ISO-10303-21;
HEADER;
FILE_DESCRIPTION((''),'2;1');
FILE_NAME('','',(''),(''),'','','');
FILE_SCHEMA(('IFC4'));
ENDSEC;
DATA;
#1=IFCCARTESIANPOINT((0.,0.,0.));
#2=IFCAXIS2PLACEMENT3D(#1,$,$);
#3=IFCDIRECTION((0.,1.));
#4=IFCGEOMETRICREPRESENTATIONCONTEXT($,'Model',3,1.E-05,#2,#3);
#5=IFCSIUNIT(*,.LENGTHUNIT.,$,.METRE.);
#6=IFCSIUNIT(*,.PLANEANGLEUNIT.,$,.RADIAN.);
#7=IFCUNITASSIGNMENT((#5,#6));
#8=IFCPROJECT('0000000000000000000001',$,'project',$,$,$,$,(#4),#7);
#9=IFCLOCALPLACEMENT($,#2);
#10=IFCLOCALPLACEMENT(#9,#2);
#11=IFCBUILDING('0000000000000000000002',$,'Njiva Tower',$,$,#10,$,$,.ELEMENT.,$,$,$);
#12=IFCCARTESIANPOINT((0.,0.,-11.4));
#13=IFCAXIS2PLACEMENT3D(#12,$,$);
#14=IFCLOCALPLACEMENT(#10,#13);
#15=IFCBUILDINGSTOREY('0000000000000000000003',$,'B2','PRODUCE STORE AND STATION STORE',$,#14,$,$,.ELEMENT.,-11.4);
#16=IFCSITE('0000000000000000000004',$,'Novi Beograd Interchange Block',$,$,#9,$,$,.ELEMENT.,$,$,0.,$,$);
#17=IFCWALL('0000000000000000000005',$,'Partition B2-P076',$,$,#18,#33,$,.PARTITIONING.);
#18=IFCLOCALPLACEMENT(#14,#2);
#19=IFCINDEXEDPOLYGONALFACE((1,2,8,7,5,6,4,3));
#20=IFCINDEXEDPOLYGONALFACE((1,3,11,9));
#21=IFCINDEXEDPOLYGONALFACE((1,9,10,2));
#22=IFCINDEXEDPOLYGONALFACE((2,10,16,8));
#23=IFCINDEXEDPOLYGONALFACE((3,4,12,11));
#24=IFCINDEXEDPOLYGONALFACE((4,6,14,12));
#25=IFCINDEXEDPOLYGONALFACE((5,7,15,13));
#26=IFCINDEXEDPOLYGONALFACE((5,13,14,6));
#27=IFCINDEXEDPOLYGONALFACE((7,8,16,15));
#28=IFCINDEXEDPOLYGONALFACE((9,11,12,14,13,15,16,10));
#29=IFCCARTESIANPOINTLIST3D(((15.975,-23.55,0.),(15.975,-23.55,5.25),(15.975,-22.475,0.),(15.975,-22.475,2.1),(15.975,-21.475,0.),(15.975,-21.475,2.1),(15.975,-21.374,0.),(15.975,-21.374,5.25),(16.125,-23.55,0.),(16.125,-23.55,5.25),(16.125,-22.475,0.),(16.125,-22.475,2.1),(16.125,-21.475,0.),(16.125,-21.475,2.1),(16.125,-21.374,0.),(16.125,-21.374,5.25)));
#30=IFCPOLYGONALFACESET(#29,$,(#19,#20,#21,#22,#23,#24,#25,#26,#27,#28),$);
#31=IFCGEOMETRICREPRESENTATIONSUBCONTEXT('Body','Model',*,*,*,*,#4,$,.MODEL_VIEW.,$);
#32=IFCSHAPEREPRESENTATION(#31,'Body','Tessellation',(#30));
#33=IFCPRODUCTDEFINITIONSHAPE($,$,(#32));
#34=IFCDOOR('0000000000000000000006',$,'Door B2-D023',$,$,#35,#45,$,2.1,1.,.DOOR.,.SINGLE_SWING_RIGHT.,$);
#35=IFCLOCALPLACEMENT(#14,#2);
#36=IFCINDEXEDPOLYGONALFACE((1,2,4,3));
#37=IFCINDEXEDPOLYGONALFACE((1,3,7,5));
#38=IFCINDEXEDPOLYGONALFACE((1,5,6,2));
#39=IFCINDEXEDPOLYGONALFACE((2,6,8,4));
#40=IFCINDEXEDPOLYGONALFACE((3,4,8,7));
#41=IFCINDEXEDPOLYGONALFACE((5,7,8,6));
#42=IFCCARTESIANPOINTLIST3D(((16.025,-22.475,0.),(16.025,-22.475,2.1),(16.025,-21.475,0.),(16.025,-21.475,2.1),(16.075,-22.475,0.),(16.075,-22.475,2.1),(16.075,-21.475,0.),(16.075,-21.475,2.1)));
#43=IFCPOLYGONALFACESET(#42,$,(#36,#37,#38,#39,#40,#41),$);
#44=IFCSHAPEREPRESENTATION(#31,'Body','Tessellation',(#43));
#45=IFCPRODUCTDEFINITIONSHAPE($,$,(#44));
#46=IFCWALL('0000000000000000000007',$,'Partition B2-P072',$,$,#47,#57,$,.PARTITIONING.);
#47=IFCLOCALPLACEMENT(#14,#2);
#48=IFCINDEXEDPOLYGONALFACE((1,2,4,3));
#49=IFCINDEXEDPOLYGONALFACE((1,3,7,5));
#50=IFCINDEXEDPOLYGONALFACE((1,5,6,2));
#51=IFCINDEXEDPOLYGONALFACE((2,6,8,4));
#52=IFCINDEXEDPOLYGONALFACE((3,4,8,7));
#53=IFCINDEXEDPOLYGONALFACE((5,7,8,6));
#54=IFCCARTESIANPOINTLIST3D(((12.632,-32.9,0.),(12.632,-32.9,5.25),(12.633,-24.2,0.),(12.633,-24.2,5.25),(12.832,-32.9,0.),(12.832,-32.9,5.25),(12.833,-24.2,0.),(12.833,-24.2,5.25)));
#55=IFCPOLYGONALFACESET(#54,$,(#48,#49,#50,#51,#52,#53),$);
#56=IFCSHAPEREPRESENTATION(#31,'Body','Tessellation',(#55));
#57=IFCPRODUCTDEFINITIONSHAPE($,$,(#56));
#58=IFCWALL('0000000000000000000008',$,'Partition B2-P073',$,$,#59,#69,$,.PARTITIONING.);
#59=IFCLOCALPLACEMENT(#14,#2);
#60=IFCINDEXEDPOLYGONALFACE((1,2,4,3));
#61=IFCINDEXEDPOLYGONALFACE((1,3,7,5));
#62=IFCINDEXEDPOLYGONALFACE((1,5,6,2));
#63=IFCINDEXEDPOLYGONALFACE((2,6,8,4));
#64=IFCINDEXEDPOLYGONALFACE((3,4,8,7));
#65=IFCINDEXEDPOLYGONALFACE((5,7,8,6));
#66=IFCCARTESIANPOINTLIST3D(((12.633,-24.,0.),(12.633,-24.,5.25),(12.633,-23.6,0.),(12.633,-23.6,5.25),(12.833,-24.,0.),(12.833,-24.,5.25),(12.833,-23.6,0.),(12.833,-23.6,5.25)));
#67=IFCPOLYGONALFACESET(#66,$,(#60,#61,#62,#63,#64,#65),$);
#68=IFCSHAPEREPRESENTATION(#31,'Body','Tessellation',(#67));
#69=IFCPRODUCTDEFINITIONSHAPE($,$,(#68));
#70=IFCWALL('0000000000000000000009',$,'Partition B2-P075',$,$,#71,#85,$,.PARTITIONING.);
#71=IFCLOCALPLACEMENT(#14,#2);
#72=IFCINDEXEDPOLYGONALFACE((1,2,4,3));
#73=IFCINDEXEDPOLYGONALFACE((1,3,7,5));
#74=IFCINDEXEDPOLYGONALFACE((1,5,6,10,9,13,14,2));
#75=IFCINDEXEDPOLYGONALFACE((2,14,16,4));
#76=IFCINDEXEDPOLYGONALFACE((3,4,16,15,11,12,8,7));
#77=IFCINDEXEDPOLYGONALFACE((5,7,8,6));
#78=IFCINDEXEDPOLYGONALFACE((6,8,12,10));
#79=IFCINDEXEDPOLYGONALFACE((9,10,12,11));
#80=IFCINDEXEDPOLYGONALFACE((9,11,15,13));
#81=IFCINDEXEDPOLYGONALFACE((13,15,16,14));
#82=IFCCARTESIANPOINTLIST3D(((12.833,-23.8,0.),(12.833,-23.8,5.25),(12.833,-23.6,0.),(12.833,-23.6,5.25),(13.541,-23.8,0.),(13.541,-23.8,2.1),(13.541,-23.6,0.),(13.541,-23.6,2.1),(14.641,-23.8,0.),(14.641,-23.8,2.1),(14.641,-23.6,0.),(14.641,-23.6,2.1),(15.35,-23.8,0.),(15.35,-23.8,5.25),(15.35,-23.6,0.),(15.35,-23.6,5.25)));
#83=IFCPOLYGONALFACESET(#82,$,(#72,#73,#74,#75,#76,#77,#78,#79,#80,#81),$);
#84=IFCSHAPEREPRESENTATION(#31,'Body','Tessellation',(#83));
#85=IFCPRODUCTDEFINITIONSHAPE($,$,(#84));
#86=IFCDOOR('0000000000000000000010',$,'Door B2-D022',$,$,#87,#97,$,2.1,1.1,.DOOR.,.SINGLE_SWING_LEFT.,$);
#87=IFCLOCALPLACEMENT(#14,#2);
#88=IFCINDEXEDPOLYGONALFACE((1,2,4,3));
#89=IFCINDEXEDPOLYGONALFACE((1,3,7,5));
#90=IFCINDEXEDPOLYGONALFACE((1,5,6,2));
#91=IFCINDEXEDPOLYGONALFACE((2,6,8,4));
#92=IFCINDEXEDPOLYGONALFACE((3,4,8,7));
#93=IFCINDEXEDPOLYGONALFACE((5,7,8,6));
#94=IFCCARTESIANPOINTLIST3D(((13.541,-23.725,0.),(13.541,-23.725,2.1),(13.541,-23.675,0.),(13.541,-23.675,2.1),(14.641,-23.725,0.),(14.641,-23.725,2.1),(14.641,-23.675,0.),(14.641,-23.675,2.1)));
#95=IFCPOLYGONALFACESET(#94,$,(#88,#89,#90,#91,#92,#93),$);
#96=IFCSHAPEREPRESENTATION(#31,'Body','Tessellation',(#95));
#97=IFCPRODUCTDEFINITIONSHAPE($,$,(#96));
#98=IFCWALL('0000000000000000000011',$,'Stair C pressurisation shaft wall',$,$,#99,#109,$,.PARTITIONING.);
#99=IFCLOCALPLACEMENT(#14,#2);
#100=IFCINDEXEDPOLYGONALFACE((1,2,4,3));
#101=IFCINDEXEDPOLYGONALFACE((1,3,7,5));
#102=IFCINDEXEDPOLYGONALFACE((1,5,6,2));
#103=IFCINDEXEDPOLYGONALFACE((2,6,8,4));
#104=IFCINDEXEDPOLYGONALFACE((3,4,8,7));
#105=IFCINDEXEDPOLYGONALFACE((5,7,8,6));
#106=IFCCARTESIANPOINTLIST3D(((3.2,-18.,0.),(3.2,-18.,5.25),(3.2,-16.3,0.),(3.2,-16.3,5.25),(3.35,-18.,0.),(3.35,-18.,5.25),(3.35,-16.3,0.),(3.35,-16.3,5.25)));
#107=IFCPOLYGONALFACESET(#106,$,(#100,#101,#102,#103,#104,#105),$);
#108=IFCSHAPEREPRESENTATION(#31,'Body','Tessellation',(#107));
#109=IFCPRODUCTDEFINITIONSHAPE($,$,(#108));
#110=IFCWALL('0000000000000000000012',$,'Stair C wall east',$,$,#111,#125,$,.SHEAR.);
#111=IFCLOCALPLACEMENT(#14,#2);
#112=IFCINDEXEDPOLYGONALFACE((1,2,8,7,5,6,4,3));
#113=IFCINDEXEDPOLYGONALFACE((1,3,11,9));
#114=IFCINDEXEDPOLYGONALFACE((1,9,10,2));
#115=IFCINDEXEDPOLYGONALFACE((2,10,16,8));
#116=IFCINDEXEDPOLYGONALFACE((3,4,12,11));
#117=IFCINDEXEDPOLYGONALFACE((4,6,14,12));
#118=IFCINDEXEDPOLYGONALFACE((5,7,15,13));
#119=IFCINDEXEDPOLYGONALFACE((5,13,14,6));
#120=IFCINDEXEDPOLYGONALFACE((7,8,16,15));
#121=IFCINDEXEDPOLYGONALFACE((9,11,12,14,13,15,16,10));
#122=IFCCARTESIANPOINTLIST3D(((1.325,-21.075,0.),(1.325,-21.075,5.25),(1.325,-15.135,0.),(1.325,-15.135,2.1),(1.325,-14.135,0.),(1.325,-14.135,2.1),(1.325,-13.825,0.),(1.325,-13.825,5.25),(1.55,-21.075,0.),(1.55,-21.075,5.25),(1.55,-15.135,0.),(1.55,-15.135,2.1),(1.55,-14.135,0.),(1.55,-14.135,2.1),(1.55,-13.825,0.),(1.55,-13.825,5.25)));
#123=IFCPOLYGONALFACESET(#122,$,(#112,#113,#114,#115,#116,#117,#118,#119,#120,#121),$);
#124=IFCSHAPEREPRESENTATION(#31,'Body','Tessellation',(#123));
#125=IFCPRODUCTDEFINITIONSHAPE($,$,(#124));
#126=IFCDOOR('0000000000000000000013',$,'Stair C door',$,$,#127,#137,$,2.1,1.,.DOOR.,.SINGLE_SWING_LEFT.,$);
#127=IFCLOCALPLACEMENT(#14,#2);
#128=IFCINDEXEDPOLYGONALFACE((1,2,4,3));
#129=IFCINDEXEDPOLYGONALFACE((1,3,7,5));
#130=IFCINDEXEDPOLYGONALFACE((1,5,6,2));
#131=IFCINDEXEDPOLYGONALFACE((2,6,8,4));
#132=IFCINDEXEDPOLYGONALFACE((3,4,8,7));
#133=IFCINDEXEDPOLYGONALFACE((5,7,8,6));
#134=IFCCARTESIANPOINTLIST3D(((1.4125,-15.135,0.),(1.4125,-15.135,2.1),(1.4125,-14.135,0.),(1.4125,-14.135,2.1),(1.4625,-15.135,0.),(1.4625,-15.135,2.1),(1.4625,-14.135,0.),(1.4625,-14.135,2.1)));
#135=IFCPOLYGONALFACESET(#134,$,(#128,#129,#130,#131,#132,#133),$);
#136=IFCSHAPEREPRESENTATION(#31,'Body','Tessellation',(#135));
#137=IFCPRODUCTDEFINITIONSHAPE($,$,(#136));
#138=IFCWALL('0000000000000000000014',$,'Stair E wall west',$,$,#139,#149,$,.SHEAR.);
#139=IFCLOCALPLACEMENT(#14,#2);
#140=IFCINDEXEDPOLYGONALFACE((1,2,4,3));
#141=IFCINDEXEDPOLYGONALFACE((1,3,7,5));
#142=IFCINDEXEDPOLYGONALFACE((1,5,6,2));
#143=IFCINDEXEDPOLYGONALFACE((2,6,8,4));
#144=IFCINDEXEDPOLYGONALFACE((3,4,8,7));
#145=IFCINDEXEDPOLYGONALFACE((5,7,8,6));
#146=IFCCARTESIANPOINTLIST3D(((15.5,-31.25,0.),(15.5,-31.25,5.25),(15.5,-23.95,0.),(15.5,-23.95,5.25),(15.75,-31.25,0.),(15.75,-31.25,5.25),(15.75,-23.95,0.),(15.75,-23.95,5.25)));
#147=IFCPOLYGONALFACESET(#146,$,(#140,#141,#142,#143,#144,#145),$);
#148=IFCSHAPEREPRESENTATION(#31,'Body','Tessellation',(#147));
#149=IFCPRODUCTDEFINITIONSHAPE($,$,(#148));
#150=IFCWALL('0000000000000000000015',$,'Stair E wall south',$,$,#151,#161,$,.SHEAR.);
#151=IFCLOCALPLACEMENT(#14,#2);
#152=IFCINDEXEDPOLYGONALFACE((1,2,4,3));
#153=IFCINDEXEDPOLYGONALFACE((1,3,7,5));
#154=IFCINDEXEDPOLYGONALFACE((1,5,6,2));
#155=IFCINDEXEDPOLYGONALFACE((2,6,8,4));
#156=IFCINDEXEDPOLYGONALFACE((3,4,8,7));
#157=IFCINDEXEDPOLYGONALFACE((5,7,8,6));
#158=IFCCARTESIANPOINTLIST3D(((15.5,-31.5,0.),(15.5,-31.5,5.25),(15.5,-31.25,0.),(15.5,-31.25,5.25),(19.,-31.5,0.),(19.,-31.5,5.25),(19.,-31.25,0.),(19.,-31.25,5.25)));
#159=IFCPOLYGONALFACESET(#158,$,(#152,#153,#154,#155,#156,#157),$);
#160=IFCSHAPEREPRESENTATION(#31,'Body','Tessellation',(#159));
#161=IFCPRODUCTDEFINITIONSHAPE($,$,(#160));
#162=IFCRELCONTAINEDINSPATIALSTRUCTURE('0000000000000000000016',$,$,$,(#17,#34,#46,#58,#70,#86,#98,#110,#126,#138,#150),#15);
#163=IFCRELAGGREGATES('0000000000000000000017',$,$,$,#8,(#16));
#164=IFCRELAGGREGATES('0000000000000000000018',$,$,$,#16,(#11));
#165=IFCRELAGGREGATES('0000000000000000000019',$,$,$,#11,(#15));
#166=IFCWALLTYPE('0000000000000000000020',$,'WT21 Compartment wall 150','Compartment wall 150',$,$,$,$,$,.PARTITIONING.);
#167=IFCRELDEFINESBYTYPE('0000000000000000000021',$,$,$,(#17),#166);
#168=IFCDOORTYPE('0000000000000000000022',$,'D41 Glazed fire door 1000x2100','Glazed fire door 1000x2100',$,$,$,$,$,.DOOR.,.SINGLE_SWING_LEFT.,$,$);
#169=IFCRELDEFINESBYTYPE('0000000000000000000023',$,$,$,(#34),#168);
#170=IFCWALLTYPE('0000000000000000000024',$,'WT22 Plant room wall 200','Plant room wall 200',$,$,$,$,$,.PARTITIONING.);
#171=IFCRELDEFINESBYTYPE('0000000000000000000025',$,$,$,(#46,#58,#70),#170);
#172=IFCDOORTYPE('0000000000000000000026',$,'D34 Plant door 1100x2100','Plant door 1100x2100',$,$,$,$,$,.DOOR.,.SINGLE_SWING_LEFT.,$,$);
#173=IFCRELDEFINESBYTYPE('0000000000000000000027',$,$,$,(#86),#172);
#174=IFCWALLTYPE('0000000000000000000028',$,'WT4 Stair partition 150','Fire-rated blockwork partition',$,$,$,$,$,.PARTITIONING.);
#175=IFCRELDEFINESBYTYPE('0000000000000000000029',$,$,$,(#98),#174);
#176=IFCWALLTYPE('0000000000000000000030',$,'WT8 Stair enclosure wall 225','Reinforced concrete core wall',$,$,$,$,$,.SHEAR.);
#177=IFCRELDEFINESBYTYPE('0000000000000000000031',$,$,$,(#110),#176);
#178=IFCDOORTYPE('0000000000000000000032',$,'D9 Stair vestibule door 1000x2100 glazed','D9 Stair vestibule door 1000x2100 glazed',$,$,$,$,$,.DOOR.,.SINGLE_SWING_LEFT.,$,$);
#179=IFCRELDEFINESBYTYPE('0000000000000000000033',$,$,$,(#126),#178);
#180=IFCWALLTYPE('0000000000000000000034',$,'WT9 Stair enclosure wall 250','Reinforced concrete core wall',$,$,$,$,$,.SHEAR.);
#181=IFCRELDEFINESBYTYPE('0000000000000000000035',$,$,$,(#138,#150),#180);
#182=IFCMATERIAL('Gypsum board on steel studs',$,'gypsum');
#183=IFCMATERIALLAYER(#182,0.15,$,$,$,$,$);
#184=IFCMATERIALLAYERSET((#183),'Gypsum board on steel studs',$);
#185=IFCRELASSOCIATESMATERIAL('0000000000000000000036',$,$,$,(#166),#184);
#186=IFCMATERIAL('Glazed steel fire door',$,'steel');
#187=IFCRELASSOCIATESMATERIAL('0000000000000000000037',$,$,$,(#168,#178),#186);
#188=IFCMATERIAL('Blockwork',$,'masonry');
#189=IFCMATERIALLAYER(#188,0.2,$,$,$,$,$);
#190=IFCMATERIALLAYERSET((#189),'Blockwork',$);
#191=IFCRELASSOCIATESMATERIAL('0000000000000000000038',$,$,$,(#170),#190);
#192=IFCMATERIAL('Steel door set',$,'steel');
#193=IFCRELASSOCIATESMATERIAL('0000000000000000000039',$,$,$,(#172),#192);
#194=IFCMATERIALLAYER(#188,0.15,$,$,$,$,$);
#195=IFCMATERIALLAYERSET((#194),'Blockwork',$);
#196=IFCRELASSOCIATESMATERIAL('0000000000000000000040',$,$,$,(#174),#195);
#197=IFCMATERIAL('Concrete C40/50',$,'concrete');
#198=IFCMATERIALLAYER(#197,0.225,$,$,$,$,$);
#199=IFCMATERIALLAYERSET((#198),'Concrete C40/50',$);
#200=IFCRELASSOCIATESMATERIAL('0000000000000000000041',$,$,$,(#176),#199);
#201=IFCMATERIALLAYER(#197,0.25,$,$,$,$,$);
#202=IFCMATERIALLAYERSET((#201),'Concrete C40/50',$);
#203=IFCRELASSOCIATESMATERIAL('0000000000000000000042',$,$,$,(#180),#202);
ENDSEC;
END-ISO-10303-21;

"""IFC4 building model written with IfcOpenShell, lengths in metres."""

from ifc_helpers import new_model, si_unit, direction, frame, frame_2d, origin, place, context, subcontext, project, spatial, rectangle, extrude, material, layer, layer_set, type_object, element, fill, save


model = new_model("IFC4")

# Units and contexts
model_context = context("Model", 3, precision=1e-05, world=origin(), true_north=direction((0.0, 1.0)))
body_context = subcontext(model_context, "Body", "Model", "MODEL_VIEW")
ifc_project = project(units=[si_unit("LENGTHUNIT", "METRE"), si_unit("PLANEANGLEUNIT", "RADIAN")], contexts=[model_context])

# Site, building, storey
site_placement = place(None, origin())
site = spatial("IfcSite", under=ifc_project, at=site_placement, Name="Novi Beograd Interchange Block", CompositionType="ELEMENT", RefElevation=0.0)
building_placement = place(site_placement, origin())
building = spatial("IfcBuilding", under=site, at=building_placement, Name="Njiva Tower", CompositionType="ELEMENT")
storey_placement = place(building_placement, frame((0.0, 0.0, -11.4)))
storey = spatial("IfcBuildingStorey", under=building, at=storey_placement, Name="B2", Description="PRODUCE STORE AND STATION STORE", CompositionType="ELEMENT", Elevation=-11.4)

# Shared definitions
ifc_material_1 = material(Name="Gypsum board on steel studs", Category="gypsum")
ifc_layer_1 = layer(ifc_material_1, 0.15)
ifc_layer_set_1 = layer_set([ifc_layer_1], Name="Gypsum board on steel studs")
wall_type_1 = type_object("IfcWallType", Name="WT21 Compartment wall 150", Description="Compartment wall 150", PredefinedType="PARTITIONING", material=ifc_layer_set_1)

# Wall, opening, door
wall_1_placement = place(storey_placement, frame((16.05, -23.55, 0.0), z_axis=(0.0, 0.0, 1.0), x_axis=(0.0, 1.0, 0.0)))
wall_1 = element("IfcWall", 1, at=wall_1_placement, inside=storey, type_object=wall_type_1, Name="Partition B2-P076", PredefinedType="PARTITIONING", context=body_context, shape_type="SweptSolid", body=[
    extrude(rectangle(XDim=2.176, YDim=0.15, at=frame_2d((1.088, 0.0))), origin(), (0.0, 0.0, 1.0), 5.25),
])
opening_1_placement = place(wall_1_placement, frame((1.075, 0.0, 0.0)))
opening_1 = element("IfcOpeningElement", 2, at=opening_1_placement, cuts=wall_1, PredefinedType="OPENING", context=body_context, shape_type="SweptSolid", body=[
    extrude(rectangle(XDim=1.0, YDim=2.1, at=frame_2d((0.5, 1.05))), frame((0.0, 0.085, 0.0), z_axis=(0.0, -1.0, 0.0), x_axis=(1.0, 0.0, 0.0)), (0.0, 0.0, 1.0), 0.17),
])
ifc_material_2 = material(Name="Glazed steel fire door", Category="steel")
door_type_1 = type_object("IfcDoorType", Name="D41 Glazed fire door 1000x2100", Description="Glazed fire door 1000x2100", OperationType="SINGLE_SWING_LEFT", PredefinedType="DOOR", material=ifc_material_2)
door_1_placement = place(opening_1_placement, origin())
door_1 = element("IfcDoor", 3, at=door_1_placement, inside=storey, type_object=door_type_1, Name="Door B2-D023", OperationType="SINGLE_SWING_RIGHT", OverallHeight=2.1, OverallWidth=1.0, PredefinedType="DOOR", context=body_context, shape_type="SweptSolid", body=[
    extrude(rectangle(XDim=1.0, YDim=2.1, at=frame_2d((0.5, 1.05))), frame((0.0, 0.025, 0.0), z_axis=(0.0, -1.0, 0.0), x_axis=(1.0, 0.0, 0.0)), (0.0, 0.0, 1.0), 0.05),
])
fill(opening_1, door_1)

# Walls
ifc_material_3 = material(Name="Blockwork", Category="masonry")
ifc_layer_2 = layer(ifc_material_3, 0.2)
ifc_layer_set_2 = layer_set([ifc_layer_2], Name="Blockwork")
wall_type_2 = type_object("IfcWallType", Name="WT22 Plant room wall 200", Description="Plant room wall 200", PredefinedType="PARTITIONING", material=ifc_layer_set_2)
wall_2_placement = place(storey_placement, frame((12.732, -32.9, 0.0), z_axis=(0.0, 0.0, 1.0), x_axis=(0.000115, 1.0, 0.0)))
element("IfcWall", 4, at=wall_2_placement, inside=storey, type_object=wall_type_2, Name="Partition B2-P072", PredefinedType="PARTITIONING", context=body_context, shape_type="SweptSolid", body=[
    extrude(rectangle(XDim=8.7, YDim=0.2, at=frame_2d((4.35, 0.0))), origin(), (0.0, 0.0, 1.0), 5.25),
])
wall_3_placement = place(storey_placement, frame((12.733, -24.0, 0.0), z_axis=(0.0, 0.0, 1.0), x_axis=(0.0, 1.0, 0.0)))
element("IfcWall", 5, at=wall_3_placement, inside=storey, type_object=wall_type_2, Name="Partition B2-P073", PredefinedType="PARTITIONING", context=body_context, shape_type="SweptSolid", body=[
    extrude(rectangle(XDim=0.4, YDim=0.2, at=frame_2d((0.2, 0.0))), origin(), (0.0, 0.0, 1.0), 5.25),
])

# Wall, opening, door
wall_4_placement = place(storey_placement, frame((12.833, -23.7, 0.0), z_axis=(0.0, 0.0, 1.0), x_axis=(1.0, 0.0, 0.0)))
wall_4 = element("IfcWall", 6, at=wall_4_placement, inside=storey, type_object=wall_type_2, Name="Partition B2-P075", PredefinedType="PARTITIONING", context=body_context, shape_type="SweptSolid", body=[
    extrude(rectangle(XDim=2.517, YDim=0.2, at=frame_2d((1.2585, 0.0))), origin(), (0.0, 0.0, 1.0), 5.25),
])
opening_2_placement = place(wall_4_placement, frame((0.708, 0.0, 0.0)))
opening_2 = element("IfcOpeningElement", 7, at=opening_2_placement, cuts=wall_4, PredefinedType="OPENING", context=body_context, shape_type="SweptSolid", body=[
    extrude(rectangle(XDim=1.1, YDim=2.1, at=frame_2d((0.55, 1.05))), frame((0.0, 0.11, 0.0), z_axis=(0.0, -1.0, 0.0), x_axis=(1.0, 0.0, 0.0)), (0.0, 0.0, 1.0), 0.22),
])
ifc_material_4 = material(Name="Steel door set", Category="steel")
door_type_2 = type_object("IfcDoorType", Name="D34 Plant door 1100x2100", Description="Plant door 1100x2100", OperationType="SINGLE_SWING_LEFT", PredefinedType="DOOR", material=ifc_material_4)
door_2_placement = place(opening_2_placement, origin())
door_2 = element("IfcDoor", 8, at=door_2_placement, inside=storey, type_object=door_type_2, Name="Door B2-D022", OperationType="SINGLE_SWING_LEFT", OverallHeight=2.1, OverallWidth=1.1, PredefinedType="DOOR", context=body_context, shape_type="SweptSolid", body=[
    extrude(rectangle(XDim=1.1, YDim=2.1, at=frame_2d((0.55, 1.05))), frame((0.0, 0.025, 0.0), z_axis=(0.0, -1.0, 0.0), x_axis=(1.0, 0.0, 0.0)), (0.0, 0.0, 1.0), 0.05),
])
fill(opening_2, door_2)

# Wall
ifc_layer_3 = layer(ifc_material_3, 0.15)
ifc_layer_set_3 = layer_set([ifc_layer_3], Name="Blockwork")
wall_type_3 = type_object("IfcWallType", Name="WT4 Stair partition 150", Description="Fire-rated blockwork partition", PredefinedType="PARTITIONING", material=ifc_layer_set_3)
wall_5_placement = place(storey_placement, frame((3.275, -18.0, 0.0), z_axis=(0.0, 0.0, 1.0), x_axis=(0.0, 1.0, 0.0)))
element("IfcWall", 9, at=wall_5_placement, inside=storey, type_object=wall_type_3, Name="Stair C pressurisation shaft wall", PredefinedType="PARTITIONING", context=body_context, shape_type="SweptSolid", body=[
    extrude(rectangle(XDim=1.7, YDim=0.15, at=frame_2d((0.85, 0.0))), origin(), (0.0, 0.0, 1.0), 5.25),
])

# Wall, opening, door
ifc_material_5 = material(Name="Concrete C40/50", Category="concrete")
ifc_layer_4 = layer(ifc_material_5, 0.225)
ifc_layer_set_4 = layer_set([ifc_layer_4], Name="Concrete C40/50")
wall_type_4 = type_object("IfcWallType", Name="WT8 Stair enclosure wall 225", Description="Reinforced concrete core wall", PredefinedType="SHEAR", material=ifc_layer_set_4)
wall_6_placement = place(storey_placement, frame((1.4375, -21.075, 0.0), z_axis=(0.0, 0.0, 1.0), x_axis=(0.0, 1.0, 0.0)))
wall_6 = element("IfcWall", 10, at=wall_6_placement, inside=storey, type_object=wall_type_4, Name="Stair C wall east", PredefinedType="SHEAR", context=body_context, shape_type="SweptSolid", body=[
    extrude(rectangle(XDim=7.25, YDim=0.225, at=frame_2d((3.625, 0.0))), origin(), (0.0, 0.0, 1.0), 5.25),
])
opening_3_placement = place(wall_6_placement, frame((5.94, 0.0, 0.0)))
opening_3 = element("IfcOpeningElement", 11, at=opening_3_placement, cuts=wall_6, PredefinedType="OPENING", context=body_context, shape_type="SweptSolid", body=[
    extrude(rectangle(XDim=1.0, YDim=2.1, at=frame_2d((0.5, 1.05))), frame((0.0, 0.1225, 0.0), z_axis=(0.0, -1.0, 0.0), x_axis=(1.0, 0.0, 0.0)), (0.0, 0.0, 1.0), 0.245),
])
door_type_3 = type_object("IfcDoorType", Name="D9 Stair vestibule door 1000x2100 glazed", Description="D9 Stair vestibule door 1000x2100 glazed", OperationType="SINGLE_SWING_LEFT", PredefinedType="DOOR", material=ifc_material_2)
door_3_placement = place(opening_3_placement, origin())
door_3 = element("IfcDoor", 12, at=door_3_placement, inside=storey, type_object=door_type_3, Name="Stair C door", OperationType="SINGLE_SWING_LEFT", OverallHeight=2.1, OverallWidth=1.0, PredefinedType="DOOR", context=body_context, shape_type="SweptSolid", body=[
    extrude(rectangle(XDim=1.0, YDim=2.1, at=frame_2d((0.5, 1.05))), frame((0.0, 0.025, 0.0), z_axis=(0.0, -1.0, 0.0), x_axis=(1.0, 0.0, 0.0)), (0.0, 0.0, 1.0), 0.05),
])
fill(opening_3, door_3)

# Walls
ifc_layer_5 = layer(ifc_material_5, 0.25)
ifc_layer_set_5 = layer_set([ifc_layer_5], Name="Concrete C40/50")
wall_type_5 = type_object("IfcWallType", Name="WT9 Stair enclosure wall 250", Description="Reinforced concrete core wall", PredefinedType="SHEAR", material=ifc_layer_set_5)
wall_7_placement = place(storey_placement, frame((15.625, -31.25, 0.0), z_axis=(0.0, 0.0, 1.0), x_axis=(0.0, 1.0, 0.0)))
element("IfcWall", 13, at=wall_7_placement, inside=storey, type_object=wall_type_5, Name="Stair E wall west", PredefinedType="SHEAR", context=body_context, shape_type="SweptSolid", body=[
    extrude(rectangle(XDim=7.3, YDim=0.25, at=frame_2d((3.65, 0.0))), origin(), (0.0, 0.0, 1.0), 5.25),
])
wall_8_placement = place(storey_placement, frame((15.5, -31.375, 0.0), z_axis=(0.0, 0.0, 1.0), x_axis=(1.0, 0.0, 0.0)))
element("IfcWall", 14, at=wall_8_placement, inside=storey, type_object=wall_type_5, Name="Stair E wall south", PredefinedType="SHEAR", context=body_context, shape_type="SweptSolid", body=[
    extrude(rectangle(XDim=3.5, YDim=0.25, at=frame_2d((1.75, 0.0))), origin(), (0.0, 0.0, 1.0), 5.25),
])

save(model, "model.ifc")
